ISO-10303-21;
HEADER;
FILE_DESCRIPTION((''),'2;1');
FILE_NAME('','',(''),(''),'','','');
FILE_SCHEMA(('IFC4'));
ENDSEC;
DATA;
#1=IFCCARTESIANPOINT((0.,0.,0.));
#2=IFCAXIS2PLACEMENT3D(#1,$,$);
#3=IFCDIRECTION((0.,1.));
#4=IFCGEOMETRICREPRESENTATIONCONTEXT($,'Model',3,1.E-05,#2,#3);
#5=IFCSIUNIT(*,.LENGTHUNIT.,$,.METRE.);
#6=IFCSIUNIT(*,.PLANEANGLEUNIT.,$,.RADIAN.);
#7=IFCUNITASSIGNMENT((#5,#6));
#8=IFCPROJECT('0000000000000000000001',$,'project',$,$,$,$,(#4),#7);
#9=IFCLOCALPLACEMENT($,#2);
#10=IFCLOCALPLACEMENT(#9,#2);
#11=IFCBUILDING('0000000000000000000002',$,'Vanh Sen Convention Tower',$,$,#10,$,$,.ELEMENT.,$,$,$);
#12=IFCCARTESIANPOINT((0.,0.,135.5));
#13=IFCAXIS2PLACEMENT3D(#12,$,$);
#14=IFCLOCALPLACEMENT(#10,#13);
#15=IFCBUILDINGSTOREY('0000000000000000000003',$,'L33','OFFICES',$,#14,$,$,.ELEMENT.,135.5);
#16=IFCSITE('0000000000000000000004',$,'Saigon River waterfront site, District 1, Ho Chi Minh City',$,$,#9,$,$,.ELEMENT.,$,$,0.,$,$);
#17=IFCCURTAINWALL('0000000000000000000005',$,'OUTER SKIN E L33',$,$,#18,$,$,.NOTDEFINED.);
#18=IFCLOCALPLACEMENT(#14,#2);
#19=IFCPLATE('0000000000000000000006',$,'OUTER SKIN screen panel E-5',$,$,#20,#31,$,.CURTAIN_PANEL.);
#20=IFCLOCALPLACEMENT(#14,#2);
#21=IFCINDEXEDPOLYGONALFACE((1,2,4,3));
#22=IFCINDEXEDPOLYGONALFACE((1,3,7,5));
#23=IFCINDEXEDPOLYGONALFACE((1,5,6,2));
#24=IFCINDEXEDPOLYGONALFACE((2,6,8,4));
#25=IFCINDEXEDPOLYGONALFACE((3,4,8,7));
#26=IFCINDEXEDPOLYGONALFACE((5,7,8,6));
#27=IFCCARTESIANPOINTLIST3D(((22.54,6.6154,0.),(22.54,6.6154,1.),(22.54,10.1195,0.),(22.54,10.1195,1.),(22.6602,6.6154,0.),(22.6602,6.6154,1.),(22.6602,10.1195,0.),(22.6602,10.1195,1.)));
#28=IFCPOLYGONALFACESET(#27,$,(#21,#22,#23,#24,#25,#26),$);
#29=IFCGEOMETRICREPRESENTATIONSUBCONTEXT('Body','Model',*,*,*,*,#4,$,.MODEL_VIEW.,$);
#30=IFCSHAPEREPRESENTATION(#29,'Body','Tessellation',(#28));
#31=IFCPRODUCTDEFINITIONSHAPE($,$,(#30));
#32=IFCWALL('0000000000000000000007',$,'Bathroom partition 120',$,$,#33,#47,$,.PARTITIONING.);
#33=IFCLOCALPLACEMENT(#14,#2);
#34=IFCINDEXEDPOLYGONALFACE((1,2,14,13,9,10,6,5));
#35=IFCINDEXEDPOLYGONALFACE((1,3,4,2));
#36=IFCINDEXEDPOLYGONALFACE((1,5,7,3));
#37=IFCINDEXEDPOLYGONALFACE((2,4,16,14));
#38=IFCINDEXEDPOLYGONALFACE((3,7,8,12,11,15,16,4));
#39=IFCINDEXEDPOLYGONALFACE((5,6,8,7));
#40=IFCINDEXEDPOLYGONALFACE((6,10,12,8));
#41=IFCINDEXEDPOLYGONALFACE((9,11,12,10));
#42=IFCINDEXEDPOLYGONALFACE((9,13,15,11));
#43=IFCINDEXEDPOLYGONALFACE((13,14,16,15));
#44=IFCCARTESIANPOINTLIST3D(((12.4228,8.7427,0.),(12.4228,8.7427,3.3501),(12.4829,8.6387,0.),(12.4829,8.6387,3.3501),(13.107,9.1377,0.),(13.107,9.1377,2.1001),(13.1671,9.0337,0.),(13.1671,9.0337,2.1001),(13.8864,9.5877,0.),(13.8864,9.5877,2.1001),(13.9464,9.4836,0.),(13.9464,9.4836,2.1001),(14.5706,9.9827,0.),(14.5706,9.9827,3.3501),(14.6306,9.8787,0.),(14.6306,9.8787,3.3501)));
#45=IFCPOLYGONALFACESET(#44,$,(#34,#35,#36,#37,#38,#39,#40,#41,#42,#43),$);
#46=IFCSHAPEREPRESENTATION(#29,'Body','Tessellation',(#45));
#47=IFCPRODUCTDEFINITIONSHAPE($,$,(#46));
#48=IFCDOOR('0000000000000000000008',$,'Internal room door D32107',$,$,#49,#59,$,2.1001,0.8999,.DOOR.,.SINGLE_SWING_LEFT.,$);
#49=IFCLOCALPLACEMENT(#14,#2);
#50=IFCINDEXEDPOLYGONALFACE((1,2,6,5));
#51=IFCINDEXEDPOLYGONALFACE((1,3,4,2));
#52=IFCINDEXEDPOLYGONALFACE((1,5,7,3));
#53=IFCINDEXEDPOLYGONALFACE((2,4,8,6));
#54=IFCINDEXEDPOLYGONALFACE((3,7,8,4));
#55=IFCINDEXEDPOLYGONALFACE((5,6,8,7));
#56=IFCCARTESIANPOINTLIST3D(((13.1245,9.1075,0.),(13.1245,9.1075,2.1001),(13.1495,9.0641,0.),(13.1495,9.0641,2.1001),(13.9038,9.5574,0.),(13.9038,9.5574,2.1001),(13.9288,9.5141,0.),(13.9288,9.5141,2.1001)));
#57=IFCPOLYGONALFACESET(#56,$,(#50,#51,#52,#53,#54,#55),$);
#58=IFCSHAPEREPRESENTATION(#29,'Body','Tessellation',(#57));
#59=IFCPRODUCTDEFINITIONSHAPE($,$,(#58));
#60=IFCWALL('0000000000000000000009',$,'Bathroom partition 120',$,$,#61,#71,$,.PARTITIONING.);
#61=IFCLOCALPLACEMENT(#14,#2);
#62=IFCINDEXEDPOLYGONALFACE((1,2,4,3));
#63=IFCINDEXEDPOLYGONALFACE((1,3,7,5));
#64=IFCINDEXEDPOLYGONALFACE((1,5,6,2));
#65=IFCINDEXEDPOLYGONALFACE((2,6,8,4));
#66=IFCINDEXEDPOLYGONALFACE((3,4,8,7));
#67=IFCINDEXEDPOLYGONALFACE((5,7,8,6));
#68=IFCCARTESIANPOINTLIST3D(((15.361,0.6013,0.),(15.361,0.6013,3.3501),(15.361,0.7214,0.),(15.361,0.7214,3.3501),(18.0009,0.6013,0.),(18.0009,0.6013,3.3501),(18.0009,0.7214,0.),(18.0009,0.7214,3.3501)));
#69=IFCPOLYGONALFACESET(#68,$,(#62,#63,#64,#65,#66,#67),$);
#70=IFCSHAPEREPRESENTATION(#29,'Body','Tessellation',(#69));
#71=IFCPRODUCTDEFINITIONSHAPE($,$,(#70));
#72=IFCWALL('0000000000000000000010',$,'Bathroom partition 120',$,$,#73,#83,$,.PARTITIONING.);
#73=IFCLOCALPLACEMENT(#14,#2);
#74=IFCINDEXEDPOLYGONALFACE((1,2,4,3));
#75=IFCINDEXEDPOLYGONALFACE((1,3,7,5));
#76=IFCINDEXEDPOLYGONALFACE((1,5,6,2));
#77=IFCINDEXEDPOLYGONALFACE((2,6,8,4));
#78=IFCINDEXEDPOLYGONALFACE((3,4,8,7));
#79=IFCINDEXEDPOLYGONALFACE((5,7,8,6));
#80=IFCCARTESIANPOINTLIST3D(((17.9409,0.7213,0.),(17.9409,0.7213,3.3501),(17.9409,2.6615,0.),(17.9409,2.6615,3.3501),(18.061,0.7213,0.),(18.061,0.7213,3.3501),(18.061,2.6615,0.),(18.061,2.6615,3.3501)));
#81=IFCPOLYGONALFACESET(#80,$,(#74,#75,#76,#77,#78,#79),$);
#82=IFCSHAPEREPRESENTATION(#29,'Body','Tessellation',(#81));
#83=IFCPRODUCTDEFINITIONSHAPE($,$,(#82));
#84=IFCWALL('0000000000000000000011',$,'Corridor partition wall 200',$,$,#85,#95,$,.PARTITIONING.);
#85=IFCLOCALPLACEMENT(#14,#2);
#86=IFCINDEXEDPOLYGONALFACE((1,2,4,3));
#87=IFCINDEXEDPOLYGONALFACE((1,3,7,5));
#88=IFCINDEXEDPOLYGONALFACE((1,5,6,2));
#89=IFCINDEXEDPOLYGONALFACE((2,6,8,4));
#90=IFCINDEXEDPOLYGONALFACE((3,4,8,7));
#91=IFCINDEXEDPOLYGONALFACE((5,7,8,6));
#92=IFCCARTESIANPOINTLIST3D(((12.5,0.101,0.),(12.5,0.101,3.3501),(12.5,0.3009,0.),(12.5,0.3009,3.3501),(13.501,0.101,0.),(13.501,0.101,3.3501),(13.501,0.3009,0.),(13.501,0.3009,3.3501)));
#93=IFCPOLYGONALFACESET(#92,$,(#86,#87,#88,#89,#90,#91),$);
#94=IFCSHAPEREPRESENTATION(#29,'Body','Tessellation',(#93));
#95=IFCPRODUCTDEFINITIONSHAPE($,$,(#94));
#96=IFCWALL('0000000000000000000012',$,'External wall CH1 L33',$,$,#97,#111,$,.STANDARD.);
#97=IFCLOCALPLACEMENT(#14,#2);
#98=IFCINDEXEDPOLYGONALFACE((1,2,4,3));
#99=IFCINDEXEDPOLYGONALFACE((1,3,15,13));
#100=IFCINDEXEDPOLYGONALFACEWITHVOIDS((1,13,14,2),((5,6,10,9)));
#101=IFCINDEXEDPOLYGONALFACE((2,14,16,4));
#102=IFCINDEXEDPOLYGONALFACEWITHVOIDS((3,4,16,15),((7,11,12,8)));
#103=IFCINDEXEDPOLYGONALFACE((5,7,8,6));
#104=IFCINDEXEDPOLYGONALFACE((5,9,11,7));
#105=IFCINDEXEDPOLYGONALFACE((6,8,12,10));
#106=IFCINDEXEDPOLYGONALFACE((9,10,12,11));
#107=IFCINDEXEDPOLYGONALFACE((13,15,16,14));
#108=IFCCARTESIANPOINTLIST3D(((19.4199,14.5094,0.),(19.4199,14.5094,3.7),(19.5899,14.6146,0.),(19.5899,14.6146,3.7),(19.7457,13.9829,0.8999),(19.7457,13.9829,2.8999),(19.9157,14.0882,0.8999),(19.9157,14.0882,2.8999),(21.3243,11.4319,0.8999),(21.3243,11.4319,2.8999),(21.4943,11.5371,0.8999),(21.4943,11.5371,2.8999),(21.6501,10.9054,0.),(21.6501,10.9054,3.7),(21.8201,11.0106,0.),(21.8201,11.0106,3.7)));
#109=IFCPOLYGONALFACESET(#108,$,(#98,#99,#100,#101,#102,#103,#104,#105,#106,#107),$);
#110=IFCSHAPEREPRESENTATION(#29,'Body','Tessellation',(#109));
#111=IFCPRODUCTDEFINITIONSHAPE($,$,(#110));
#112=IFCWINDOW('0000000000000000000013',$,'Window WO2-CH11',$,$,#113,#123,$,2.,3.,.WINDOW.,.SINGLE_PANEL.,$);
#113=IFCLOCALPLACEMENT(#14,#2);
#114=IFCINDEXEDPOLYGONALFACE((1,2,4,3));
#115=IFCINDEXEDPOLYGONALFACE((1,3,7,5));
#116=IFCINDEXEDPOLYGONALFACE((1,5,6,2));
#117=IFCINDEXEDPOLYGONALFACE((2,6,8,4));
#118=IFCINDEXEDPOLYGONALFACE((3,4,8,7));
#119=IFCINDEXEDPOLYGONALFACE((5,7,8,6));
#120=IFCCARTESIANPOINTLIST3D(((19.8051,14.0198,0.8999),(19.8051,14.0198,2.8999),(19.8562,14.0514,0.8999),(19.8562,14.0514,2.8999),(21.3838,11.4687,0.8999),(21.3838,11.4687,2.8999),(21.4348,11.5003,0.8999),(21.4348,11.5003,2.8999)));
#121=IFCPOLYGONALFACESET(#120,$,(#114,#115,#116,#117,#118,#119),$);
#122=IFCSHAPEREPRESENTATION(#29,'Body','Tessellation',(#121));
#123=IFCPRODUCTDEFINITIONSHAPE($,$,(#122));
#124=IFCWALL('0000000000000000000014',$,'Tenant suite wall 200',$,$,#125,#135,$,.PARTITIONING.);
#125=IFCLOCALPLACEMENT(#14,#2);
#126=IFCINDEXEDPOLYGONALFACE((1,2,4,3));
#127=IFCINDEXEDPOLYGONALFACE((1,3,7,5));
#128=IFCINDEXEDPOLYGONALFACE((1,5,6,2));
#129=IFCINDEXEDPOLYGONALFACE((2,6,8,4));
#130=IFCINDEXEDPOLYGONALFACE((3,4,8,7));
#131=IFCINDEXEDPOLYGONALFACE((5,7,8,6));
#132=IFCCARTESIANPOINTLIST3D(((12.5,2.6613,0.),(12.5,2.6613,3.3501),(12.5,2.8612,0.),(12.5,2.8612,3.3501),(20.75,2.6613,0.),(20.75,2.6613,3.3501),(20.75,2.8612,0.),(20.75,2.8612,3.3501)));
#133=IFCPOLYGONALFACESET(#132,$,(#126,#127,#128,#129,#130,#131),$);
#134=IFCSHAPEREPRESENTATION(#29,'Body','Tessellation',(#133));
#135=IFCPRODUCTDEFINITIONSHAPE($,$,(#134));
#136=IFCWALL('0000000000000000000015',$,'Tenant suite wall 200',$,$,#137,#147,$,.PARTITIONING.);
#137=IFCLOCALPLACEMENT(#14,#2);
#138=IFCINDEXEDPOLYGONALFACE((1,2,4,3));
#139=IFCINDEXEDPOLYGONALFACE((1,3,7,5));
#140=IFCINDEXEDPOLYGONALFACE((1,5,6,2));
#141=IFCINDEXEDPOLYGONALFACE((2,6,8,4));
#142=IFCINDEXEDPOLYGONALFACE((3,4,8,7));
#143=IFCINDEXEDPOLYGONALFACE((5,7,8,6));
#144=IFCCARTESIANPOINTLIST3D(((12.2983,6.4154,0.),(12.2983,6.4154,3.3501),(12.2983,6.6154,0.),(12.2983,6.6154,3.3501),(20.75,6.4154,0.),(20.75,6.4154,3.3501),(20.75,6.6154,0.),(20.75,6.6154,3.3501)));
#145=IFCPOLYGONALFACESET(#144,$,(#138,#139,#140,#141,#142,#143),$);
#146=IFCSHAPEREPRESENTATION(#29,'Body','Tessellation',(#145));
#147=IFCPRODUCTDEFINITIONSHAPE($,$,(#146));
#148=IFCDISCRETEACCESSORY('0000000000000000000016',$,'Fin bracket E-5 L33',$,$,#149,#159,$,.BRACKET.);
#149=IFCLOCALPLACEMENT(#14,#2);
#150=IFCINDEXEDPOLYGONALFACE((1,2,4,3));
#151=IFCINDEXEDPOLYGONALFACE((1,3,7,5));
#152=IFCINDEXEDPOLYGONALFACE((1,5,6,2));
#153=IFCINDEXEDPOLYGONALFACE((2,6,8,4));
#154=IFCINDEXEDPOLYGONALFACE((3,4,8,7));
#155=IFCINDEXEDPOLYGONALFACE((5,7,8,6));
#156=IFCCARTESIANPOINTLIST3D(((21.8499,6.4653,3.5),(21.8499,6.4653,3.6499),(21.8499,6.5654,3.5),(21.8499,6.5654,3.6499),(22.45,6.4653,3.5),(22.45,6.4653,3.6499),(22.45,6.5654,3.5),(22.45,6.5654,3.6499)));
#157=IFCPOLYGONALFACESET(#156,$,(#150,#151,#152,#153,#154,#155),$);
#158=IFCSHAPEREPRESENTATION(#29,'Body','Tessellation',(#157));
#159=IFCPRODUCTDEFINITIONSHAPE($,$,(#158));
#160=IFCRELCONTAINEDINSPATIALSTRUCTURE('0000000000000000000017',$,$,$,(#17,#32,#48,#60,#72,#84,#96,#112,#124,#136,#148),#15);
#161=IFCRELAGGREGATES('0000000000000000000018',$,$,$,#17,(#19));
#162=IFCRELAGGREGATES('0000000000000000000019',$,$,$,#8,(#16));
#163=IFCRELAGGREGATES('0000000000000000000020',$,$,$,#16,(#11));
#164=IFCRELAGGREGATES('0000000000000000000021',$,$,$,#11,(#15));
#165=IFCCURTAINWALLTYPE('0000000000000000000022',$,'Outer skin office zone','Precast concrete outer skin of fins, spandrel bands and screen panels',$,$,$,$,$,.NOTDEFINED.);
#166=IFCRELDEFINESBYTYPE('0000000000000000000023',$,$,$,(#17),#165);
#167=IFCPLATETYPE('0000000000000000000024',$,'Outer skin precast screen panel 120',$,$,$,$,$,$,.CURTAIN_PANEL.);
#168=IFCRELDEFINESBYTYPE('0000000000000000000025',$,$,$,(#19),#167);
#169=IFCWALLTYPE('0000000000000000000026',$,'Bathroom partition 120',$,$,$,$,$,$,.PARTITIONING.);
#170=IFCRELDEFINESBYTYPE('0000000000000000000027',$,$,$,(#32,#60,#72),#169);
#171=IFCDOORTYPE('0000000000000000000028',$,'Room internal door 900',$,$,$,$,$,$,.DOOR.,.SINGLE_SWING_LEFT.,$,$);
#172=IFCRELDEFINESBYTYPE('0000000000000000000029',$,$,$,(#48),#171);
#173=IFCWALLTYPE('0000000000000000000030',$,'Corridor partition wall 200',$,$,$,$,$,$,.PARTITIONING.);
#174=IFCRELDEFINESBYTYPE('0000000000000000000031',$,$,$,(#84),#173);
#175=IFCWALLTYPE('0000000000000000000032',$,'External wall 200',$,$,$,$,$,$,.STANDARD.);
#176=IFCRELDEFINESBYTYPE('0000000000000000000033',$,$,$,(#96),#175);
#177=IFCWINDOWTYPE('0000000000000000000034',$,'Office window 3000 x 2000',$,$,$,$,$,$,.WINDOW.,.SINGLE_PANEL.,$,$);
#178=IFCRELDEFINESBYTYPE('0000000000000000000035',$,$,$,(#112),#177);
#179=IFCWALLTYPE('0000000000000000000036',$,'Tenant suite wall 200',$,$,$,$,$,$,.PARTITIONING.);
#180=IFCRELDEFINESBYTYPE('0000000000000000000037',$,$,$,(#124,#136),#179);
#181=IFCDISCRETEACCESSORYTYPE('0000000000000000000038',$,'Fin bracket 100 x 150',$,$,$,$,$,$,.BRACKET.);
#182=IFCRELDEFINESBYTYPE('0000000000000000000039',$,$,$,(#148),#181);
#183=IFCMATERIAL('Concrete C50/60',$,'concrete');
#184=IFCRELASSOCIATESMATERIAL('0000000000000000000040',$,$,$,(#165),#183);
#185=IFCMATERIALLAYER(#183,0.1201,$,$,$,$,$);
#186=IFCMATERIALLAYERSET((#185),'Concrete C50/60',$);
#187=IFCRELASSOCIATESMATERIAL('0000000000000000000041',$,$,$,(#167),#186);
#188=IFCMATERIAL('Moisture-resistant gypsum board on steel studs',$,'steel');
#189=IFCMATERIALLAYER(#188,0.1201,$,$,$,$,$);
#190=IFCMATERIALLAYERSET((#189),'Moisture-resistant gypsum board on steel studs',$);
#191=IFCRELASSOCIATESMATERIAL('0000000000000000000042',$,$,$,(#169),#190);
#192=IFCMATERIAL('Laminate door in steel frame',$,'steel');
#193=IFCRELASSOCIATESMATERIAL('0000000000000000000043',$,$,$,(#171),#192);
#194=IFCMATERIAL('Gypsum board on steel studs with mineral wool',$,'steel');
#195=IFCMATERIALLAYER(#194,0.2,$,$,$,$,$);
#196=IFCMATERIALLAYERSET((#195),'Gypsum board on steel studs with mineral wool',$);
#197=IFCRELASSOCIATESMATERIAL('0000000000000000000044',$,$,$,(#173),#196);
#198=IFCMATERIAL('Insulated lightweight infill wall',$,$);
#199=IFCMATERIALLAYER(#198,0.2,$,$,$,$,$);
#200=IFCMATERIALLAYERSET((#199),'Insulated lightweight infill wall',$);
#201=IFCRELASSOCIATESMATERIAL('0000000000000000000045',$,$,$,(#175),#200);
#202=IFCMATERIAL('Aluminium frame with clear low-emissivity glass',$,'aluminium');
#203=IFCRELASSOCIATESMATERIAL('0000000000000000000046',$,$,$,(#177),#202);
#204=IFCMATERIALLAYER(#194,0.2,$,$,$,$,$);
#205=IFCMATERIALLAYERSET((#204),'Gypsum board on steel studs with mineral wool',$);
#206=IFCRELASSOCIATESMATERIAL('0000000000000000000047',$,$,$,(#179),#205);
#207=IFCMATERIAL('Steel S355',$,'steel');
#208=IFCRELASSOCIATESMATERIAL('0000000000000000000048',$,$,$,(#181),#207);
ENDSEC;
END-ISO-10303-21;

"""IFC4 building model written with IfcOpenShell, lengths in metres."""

from ifc_helpers import new_model, si_unit, direction, frame, frame_2d, origin, origin_2d, place, context, subcontext, project, spatial, rectangle, extrude, material, layer, layer_set, type_object, element, fill, aggregate, save


model = new_model("IFC4")

# Units and contexts
model_context = context("Model", 3, precision=1e-05, world=origin(), true_north=direction((0.0, 1.0)))
body_context = subcontext(model_context, "Body", "Model", "MODEL_VIEW")
ifc_project = project(units=[si_unit("LENGTHUNIT", "METRE"), si_unit("PLANEANGLEUNIT", "RADIAN")], contexts=[model_context])

# Site, building, storey
site_placement = place(None, origin())
site = spatial("IfcSite", under=ifc_project, at=site_placement, Name="Saigon River waterfront site, District 1, Ho Chi Minh City", CompositionType="ELEMENT", RefElevation=0.0)
building_placement = place(site_placement, origin())
building = spatial("IfcBuilding", under=site, at=building_placement, Name="Vanh Sen Convention Tower", CompositionType="ELEMENT")
storey_placement = place(building_placement, frame((0.0, 0.0, 135.5)))
storey = spatial("IfcBuildingStorey", under=building, at=storey_placement, Name="L33", Description="OFFICES", CompositionType="ELEMENT", Elevation=135.5)

# Curtain wall
ifc_material_1 = material(Name="Concrete C50/60", Category="concrete")
curtain_wall_type = type_object("IfcCurtainWallType", Name="Outer skin office zone", Description="Precast concrete outer skin of fins, spandrel bands and screen panels", PredefinedType="NOTDEFINED", material=ifc_material_1)
curtain_wall_1_placement = place(storey_placement, origin())
curtain_wall_1 = element("IfcCurtainWall", 1, at=curtain_wall_1_placement, inside=storey, type_object=curtain_wall_type, Name="OUTER SKIN E L33", PredefinedType="NOTDEFINED")

# Plate
ifc_layer_1 = layer(ifc_material_1, 0.1201)
ifc_layer_set_1 = layer_set([ifc_layer_1], Name="Concrete C50/60")
plate_type = type_object("IfcPlateType", Name="Outer skin precast screen panel 120", PredefinedType="CURTAIN_PANEL", material=ifc_layer_set_1)
plate_1_placement = place(storey_placement, frame((22.6001, 8.3674, 0.0), z_axis=(0.0, 0.0, 1.0), x_axis=(0.0, 1.0, 0.0)))
plate_1 = element("IfcPlate", 2, at=plate_1_placement, type_object=plate_type, Name="OUTER SKIN screen panel E-5", PredefinedType="CURTAIN_PANEL", context=body_context, shape_type="SweptSolid", body=[
    extrude(rectangle(XDim=3.5042, YDim=0.1201, at=origin_2d()), origin(), (0.0, 0.0, 1.0), 1.0),
])
aggregate(curtain_wall_1, [plate_1])

# Wall, opening, door
ifc_material_2 = material(Name="Moisture-resistant gypsum board on steel studs", Category="steel")
ifc_layer_2 = layer(ifc_material_2, 0.1201)
ifc_layer_set_2 = layer_set([ifc_layer_2], Name="Moisture-resistant gypsum board on steel studs")
wall_type_1 = type_object("IfcWallType", Name="Bathroom partition 120", PredefinedType="PARTITIONING", material=ifc_layer_set_2)
wall_1_placement = place(storey_placement, frame((14.6006, 9.9307, 0.0), z_axis=(0.0, 0.0, 1.0), x_axis=(-0.866023, -0.500004, 0.0)))
wall_1 = element("IfcWall", 3, at=wall_1_placement, inside=storey, type_object=wall_type_1, Name="Bathroom partition 120", PredefinedType="PARTITIONING", context=body_context, shape_type="SweptSolid", body=[
    extrude(rectangle(XDim=2.48, YDim=0.1201, at=frame_2d((1.24, 0.0))), origin(), (0.0, 0.0, 1.0), 3.3501),
])
opening_1_placement = place(wall_1_placement, frame((0.79, 0.0, 0.0)))
opening_1 = element("IfcOpeningElement", 4, at=opening_1_placement, cuts=wall_1, PredefinedType="OPENING", context=body_context, shape_type="SweptSolid", body=[
    extrude(rectangle(XDim=0.8999, YDim=2.1001, at=frame_2d((0.45, 1.05))), frame((0.0, 0.0701, 0.0), z_axis=(0.0, -1.0, 0.0), x_axis=(1.0, 0.0, 0.0)), (0.0, 0.0, 1.0), 0.1401),
])
ifc_material_3 = material(Name="Laminate door in steel frame", Category="steel")
door_type = type_object("IfcDoorType", Name="Room internal door 900", OperationType="SINGLE_SWING_LEFT", PredefinedType="DOOR", material=ifc_material_3)
door_placement = place(opening_1_placement, origin())
door = element("IfcDoor", 5, at=door_placement, inside=storey, type_object=door_type, Name="Internal room door D32107", OperationType="SINGLE_SWING_LEFT", OverallHeight=2.1001, OverallWidth=0.8999, PredefinedType="DOOR", context=body_context, shape_type="SweptSolid", body=[
    extrude(rectangle(XDim=0.8999, YDim=2.1001, at=frame_2d((0.45, 1.05))), frame((0.0, 0.0249, 0.0), z_axis=(0.0, -1.0, 0.0), x_axis=(1.0, 0.0, 0.0)), (0.0, 0.0, 1.0), 0.05),
])
fill(opening_1, door)

# Walls
wall_2_placement = place(storey_placement, frame((15.3611, 0.6614, 0.0), z_axis=(0.0, 0.0, 1.0), x_axis=(1.0, 0.0, 0.0)))
element("IfcWall", 6, at=wall_2_placement, inside=storey, type_object=wall_type_1, Name="Bathroom partition 120", PredefinedType="PARTITIONING", context=body_context, shape_type="SweptSolid", body=[
    extrude(rectangle(XDim=2.6399, YDim=0.1201, at=frame_2d((1.3198, 0.0))), origin(), (0.0, 0.0, 1.0), 3.3501),
])
wall_3_placement = place(storey_placement, frame((18.001, 0.7212, 0.0), z_axis=(0.0, 0.0, 1.0), x_axis=(0.0, 1.0, 0.0)))
element("IfcWall", 7, at=wall_3_placement, inside=storey, type_object=wall_type_1, Name="Bathroom partition 120", PredefinedType="PARTITIONING", context=body_context, shape_type="SweptSolid", body=[
    extrude(rectangle(XDim=1.9402, YDim=0.1201, at=frame_2d((0.9702, 0.0))), origin(), (0.0, 0.0, 1.0), 3.3501),
])
ifc_material_4 = material(Name="Gypsum board on steel studs with mineral wool", Category="steel")
ifc_layer_3 = layer(ifc_material_4, 0.2)
ifc_layer_set_3 = layer_set([ifc_layer_3], Name="Gypsum board on steel studs with mineral wool")
wall_type_2 = type_object("IfcWallType", Name="Corridor partition wall 200", PredefinedType="PARTITIONING", material=ifc_layer_set_3)
wall_4_placement = place(storey_placement, frame((13.501, 0.2009, 0.0), z_axis=(0.0, 0.0, 1.0), x_axis=(-1.0, 0.0, 0.0)))
element("IfcWall", 8, at=wall_4_placement, inside=storey, type_object=wall_type_2, Name="Corridor partition wall 200", PredefinedType="PARTITIONING", context=body_context, shape_type="SweptSolid", body=[
    extrude(rectangle(XDim=1.001, YDim=0.2, at=frame_2d((0.5005, 0.0))), origin(), (0.0, 0.0, 1.0), 3.3501),
])

# Wall, opening, window
ifc_material_5 = material(Name="Insulated lightweight infill wall")
ifc_layer_4 = layer(ifc_material_5, 0.2)
ifc_layer_set_4 = layer_set([ifc_layer_4], Name="Insulated lightweight infill wall")
wall_type_3 = type_object("IfcWallType", Name="External wall 200", PredefinedType="STANDARD", material=ifc_layer_set_4)
wall_5_placement = place(storey_placement, frame((21.7351, 10.958, 0.0), z_axis=(0.0, 0.0, 1.0), x_axis=(-0.526214, 0.850352, 0.0)))
wall_5 = element("IfcWall", 9, at=wall_5_placement, inside=storey, type_object=wall_type_3, Name="External wall CH1 L33", PredefinedType="STANDARD", context=body_context, shape_type="SweptSolid", body=[
    extrude(rectangle(XDim=4.2383, YDim=0.2, at=frame_2d((2.1191, 0.0))), origin(), (0.0, 0.0, 1.0), 3.7),
])
opening_2_placement = place(wall_5_placement, frame((0.6191, 0.0, 0.8999)))
opening_2 = element("IfcOpeningElement", 10, at=opening_2_placement, cuts=wall_5, PredefinedType="OPENING", context=body_context, shape_type="SweptSolid", body=[
    extrude(rectangle(XDim=3.0, YDim=2.0, at=frame_2d((1.5, 1.0))), frame((0.0, 0.1099, 0.0), z_axis=(0.0, -1.0, 0.0), x_axis=(1.0, 0.0, 0.0)), (0.0, 0.0, 1.0), 0.22),
])
ifc_material_6 = material(Name="Aluminium frame with clear low-emissivity glass", Category="aluminium")
window_type = type_object("IfcWindowType", Name="Office window 3000 x 2000", PartitioningType="SINGLE_PANEL", PredefinedType="WINDOW", material=ifc_material_6)
window_placement = place(opening_2_placement, origin())
window = element("IfcWindow", 11, at=window_placement, inside=storey, type_object=window_type, Name="Window WO2-CH11", OverallHeight=2.0, OverallWidth=3.0, PartitioningType="SINGLE_PANEL", PredefinedType="WINDOW", context=body_context, shape_type="SweptSolid", body=[
    extrude(rectangle(XDim=3.0, YDim=2.0, at=frame_2d((1.5, 1.0))), frame((0.0, 0.03, 0.0), z_axis=(0.0, -1.0, 0.0), x_axis=(1.0, 0.0, 0.0)), (0.0, 0.0, 1.0), 0.0601),
])
fill(opening_2, window)

# Walls
ifc_layer_5 = layer(ifc_material_4, 0.2)
ifc_layer_set_5 = layer_set([ifc_layer_5], Name="Gypsum board on steel studs with mineral wool")
wall_type_4 = type_object("IfcWallType", Name="Tenant suite wall 200", PredefinedType="PARTITIONING", material=ifc_layer_set_5)
wall_6_placement = place(storey_placement, frame((20.75, 2.7612, 0.0), z_axis=(0.0, 0.0, 1.0), x_axis=(-1.0, 0.0, 0.0)))
element("IfcWall", 12, at=wall_6_placement, inside=storey, type_object=wall_type_4, Name="Tenant suite wall 200", PredefinedType="PARTITIONING", context=body_context, shape_type="SweptSolid", body=[
    extrude(rectangle(XDim=8.25, YDim=0.2, at=frame_2d((4.125, 0.0))), origin(), (0.0, 0.0, 1.0), 3.3501),
])
wall_7_placement = place(storey_placement, frame((20.75, 6.5154, 0.0), z_axis=(0.0, 0.0, 1.0), x_axis=(-1.0, 0.0, 0.0)))
element("IfcWall", 13, at=wall_7_placement, inside=storey, type_object=wall_type_4, Name="Tenant suite wall 200", PredefinedType="PARTITIONING", context=body_context, shape_type="SweptSolid", body=[
    extrude(rectangle(XDim=8.4517, YDim=0.2, at=frame_2d((4.2258, 0.0))), origin(), (0.0, 0.0, 1.0), 3.3501),
])

# Discrete accessory
ifc_material_7 = material(Name="Steel S355", Category="steel")
discrete_accessory_type = type_object("IfcDiscreteAccessoryType", Name="Fin bracket 100 x 150", PredefinedType="BRACKET", material=ifc_material_7)
discrete_accessory_placement = place(storey_placement, frame((22.1499, 6.5154, 3.5), z_axis=(0.0, 0.0, 1.0), x_axis=(1.0, 0.0, 0.0)))
element("IfcDiscreteAccessory", 14, at=discrete_accessory_placement, inside=storey, type_object=discrete_accessory_type, Name="Fin bracket E-5 L33", PredefinedType="BRACKET", context=body_context, shape_type="SweptSolid", body=[
    extrude(rectangle(XDim=0.6001, YDim=0.1001, at=origin_2d()), origin(), (0.0, 0.0, 1.0), 0.1499),
])

save(model, "model.ifc")
